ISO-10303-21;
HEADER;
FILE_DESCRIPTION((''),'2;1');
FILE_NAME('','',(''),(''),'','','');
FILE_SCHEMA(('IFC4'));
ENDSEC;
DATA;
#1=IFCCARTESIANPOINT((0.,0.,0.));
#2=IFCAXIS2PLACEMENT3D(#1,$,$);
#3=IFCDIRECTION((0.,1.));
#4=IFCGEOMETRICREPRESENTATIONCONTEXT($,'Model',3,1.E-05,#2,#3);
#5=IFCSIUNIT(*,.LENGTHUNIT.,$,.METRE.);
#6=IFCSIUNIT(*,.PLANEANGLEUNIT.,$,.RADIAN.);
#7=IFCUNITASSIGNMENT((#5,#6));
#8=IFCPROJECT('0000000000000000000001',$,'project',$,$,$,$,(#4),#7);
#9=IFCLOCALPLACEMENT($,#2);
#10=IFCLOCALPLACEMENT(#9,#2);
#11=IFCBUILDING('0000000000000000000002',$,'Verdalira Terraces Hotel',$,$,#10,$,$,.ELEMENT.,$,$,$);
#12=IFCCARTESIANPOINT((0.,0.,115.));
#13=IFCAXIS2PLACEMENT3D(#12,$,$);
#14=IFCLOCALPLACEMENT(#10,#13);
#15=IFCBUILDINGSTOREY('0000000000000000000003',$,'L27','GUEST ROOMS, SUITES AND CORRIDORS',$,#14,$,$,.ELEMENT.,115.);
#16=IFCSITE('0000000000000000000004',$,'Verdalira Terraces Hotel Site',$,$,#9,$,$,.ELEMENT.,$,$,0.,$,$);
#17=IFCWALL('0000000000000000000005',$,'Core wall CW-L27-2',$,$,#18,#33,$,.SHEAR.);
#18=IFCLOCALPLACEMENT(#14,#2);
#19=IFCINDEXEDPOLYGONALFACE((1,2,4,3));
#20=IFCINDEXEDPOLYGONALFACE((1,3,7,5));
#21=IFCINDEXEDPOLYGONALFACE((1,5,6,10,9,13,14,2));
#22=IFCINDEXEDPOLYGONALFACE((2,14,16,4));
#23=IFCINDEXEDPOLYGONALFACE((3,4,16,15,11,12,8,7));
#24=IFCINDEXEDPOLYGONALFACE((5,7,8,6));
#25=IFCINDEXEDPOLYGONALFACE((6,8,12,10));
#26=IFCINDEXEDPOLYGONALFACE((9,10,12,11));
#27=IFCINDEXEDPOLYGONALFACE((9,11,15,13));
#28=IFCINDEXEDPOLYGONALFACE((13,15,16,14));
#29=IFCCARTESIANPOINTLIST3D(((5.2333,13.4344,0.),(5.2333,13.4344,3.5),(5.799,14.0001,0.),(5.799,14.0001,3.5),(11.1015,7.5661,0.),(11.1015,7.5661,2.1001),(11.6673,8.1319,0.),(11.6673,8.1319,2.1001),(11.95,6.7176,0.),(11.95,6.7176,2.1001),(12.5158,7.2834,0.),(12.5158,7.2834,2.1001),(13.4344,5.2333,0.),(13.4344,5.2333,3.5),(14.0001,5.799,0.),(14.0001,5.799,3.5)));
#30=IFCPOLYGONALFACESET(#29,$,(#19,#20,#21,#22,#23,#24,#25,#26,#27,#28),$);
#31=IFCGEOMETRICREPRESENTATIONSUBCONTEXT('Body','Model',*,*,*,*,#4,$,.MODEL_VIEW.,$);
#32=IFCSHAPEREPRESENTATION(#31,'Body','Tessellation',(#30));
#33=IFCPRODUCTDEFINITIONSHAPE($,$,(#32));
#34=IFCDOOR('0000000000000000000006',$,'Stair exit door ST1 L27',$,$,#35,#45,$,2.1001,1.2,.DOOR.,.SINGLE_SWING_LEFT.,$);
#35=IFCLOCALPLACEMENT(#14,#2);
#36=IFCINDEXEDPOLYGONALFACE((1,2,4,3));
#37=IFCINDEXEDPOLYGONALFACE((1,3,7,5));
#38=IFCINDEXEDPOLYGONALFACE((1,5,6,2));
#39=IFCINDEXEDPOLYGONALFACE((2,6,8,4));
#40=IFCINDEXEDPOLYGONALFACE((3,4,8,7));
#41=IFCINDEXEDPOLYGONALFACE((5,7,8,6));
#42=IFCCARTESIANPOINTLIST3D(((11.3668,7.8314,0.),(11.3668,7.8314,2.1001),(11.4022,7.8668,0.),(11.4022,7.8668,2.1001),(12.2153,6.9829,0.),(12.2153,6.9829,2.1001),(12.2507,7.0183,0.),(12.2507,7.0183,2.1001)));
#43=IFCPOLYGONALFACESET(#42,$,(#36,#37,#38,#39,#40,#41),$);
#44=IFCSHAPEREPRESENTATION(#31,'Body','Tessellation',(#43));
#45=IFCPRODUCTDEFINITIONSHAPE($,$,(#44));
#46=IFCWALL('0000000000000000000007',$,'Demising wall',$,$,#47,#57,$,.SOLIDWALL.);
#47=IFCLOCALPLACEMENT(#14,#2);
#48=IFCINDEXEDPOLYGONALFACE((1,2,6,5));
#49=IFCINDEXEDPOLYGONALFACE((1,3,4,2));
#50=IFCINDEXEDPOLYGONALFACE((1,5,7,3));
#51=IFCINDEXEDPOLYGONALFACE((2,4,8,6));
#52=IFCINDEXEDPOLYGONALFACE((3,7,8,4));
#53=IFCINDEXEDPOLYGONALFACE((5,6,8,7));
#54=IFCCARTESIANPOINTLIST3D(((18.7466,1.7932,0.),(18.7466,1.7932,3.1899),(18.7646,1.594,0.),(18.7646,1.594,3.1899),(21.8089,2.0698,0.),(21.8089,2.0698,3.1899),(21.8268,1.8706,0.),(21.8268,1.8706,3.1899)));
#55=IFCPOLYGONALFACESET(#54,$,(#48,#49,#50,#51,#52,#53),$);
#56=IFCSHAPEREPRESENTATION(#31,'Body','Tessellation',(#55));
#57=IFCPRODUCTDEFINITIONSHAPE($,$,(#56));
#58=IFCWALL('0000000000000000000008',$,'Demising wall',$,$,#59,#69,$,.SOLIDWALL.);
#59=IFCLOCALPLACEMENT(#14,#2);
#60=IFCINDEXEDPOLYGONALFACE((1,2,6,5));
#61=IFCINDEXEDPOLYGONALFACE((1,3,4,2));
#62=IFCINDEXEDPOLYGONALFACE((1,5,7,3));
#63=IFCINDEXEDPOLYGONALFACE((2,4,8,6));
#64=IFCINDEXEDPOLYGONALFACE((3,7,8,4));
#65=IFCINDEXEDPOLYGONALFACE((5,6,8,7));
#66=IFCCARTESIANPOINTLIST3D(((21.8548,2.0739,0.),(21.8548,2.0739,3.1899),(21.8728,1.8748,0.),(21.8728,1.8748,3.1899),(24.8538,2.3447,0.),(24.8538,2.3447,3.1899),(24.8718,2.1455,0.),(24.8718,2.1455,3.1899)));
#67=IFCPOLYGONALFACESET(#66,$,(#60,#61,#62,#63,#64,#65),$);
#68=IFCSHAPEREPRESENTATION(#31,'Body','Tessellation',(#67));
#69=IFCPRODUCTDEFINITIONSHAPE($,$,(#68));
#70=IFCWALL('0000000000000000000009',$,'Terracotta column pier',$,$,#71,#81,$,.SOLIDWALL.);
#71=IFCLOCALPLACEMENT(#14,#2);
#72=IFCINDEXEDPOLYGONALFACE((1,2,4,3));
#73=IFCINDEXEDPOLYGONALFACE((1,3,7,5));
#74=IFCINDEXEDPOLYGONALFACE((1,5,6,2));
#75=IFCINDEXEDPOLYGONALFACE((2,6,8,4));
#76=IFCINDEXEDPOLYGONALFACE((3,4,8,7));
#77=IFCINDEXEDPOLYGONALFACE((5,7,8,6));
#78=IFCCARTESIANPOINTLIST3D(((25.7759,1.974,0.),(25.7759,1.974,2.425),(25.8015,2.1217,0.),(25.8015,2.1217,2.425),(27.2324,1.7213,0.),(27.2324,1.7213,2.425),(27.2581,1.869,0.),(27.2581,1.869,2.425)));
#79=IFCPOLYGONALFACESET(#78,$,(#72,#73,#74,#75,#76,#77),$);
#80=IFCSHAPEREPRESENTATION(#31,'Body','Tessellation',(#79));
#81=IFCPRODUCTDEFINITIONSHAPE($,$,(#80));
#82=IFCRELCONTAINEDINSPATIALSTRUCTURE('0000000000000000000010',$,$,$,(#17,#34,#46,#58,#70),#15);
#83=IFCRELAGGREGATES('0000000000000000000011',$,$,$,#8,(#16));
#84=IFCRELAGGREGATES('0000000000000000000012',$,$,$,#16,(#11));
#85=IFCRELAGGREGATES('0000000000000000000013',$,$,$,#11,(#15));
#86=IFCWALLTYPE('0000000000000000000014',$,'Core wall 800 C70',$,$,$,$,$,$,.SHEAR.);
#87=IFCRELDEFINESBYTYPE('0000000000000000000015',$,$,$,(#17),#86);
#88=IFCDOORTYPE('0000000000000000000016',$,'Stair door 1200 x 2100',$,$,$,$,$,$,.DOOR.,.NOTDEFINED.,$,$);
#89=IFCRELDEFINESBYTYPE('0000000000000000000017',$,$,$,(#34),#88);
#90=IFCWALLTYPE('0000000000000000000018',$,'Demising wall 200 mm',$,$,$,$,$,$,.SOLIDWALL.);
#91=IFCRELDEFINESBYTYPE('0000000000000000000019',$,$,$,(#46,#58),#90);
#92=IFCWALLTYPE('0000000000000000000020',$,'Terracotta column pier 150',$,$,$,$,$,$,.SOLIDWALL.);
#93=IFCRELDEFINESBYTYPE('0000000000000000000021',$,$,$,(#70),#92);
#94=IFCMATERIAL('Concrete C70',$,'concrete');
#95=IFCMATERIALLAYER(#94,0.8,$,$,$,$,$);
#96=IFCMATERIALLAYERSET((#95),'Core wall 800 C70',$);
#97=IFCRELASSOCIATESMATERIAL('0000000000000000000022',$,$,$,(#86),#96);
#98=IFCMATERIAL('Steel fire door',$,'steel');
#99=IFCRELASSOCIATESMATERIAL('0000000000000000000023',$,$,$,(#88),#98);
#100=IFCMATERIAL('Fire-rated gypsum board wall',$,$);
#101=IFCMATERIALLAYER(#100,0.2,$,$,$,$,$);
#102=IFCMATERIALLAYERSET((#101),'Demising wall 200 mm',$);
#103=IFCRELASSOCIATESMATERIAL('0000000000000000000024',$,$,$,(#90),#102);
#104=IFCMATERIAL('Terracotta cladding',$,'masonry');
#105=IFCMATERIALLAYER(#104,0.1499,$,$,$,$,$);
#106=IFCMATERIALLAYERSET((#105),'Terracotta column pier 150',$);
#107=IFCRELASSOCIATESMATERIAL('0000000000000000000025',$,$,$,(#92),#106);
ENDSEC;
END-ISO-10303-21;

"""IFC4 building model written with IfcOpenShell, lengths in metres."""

from ifc_helpers import new_model, si_unit, direction, frame, frame_2d, origin, place, context, subcontext, project, spatial, rectangle, extrude, material, layer, layer_set, type_object, element, fill, save


model = new_model("IFC4")

# Units and contexts
model_context = context("Model", 3, precision=1e-05, world=origin(), true_north=direction((0.0, 1.0)))
body_context = subcontext(model_context, "Body", "Model", "MODEL_VIEW")
ifc_project = project(units=[si_unit("LENGTHUNIT", "METRE"), si_unit("PLANEANGLEUNIT", "RADIAN")], contexts=[model_context])

# Site, building, storey
site_placement = place(None, origin())
site = spatial("IfcSite", under=ifc_project, at=site_placement, Name="Verdalira Terraces Hotel Site", CompositionType="ELEMENT", RefElevation=0.0)
building_placement = place(site_placement, origin())
building = spatial("IfcBuilding", under=site, at=building_placement, Name="Verdalira Terraces Hotel", CompositionType="ELEMENT")
storey_placement = place(building_placement, frame((0.0, 0.0, 115.0)))
storey = spatial("IfcBuildingStorey", under=building, at=storey_placement, Name="L27", Description="GUEST ROOMS, SUITES AND CORRIDORS", CompositionType="ELEMENT", Elevation=115.0)

# Wall, opening, door
ifc_material_1 = material(Name="Concrete C70", Category="concrete")
ifc_layer_1 = layer(ifc_material_1, 0.8)
ifc_layer_set_1 = layer_set([ifc_layer_1], Name="Core wall 800 C70")
wall_type_1 = type_object("IfcWallType", Name="Core wall 800 C70", PredefinedType="SHEAR", material=ifc_layer_set_1)
wall_1_placement = place(storey_placement, frame((13.7173, 5.5161, 0.0), z_axis=(0.0, 0.0, 1.0), x_axis=(-0.707107, 0.707107, 0.0)))
wall_1 = element("IfcWall", 1, at=wall_1_placement, inside=storey, type_object=wall_type_1, Name="Core wall CW-L27-2", PredefinedType="SHEAR", context=body_context, shape_type="SweptSolid", body=[
    extrude(rectangle(XDim=11.5981, YDim=0.8, at=frame_2d((5.7991, 0.0))), origin(), (0.0, 0.0, 1.0), 3.5),
])
opening_1_placement = place(wall_1_placement, frame((2.0991, 0.0, 0.0)))
opening_1 = element("IfcOpeningElement", 2, at=opening_1_placement, cuts=wall_1, PredefinedType="OPENING", context=body_context, shape_type="SweptSolid", body=[
    extrude(rectangle(XDim=1.2, YDim=2.1001, at=frame_2d((0.6001, 1.05))), frame((0.0, 0.4099, 0.0), z_axis=(0.0, -1.0, 0.0), x_axis=(1.0, 0.0, 0.0)), (0.0, 0.0, 1.0), 0.8201),
])
ifc_material_2 = material(Name="Steel fire door", Category="steel")
door_type_1 = type_object("IfcDoorType", Name="Stair door 1200 x 2100", OperationType="NOTDEFINED", PredefinedType="DOOR", material=ifc_material_2)
door_1_placement = place(opening_1_placement, origin())
door_1 = element("IfcDoor", 3, at=door_1_placement, inside=storey, type_object=door_type_1, Name="Stair exit door ST1 L27", OperationType="SINGLE_SWING_LEFT", OverallHeight=2.1001, OverallWidth=1.2, PredefinedType="DOOR", context=body_context, shape_type="SweptSolid", body=[
    extrude(rectangle(XDim=1.2, YDim=2.1001, at=frame_2d((0.6001, 1.05))), frame((0.0, 0.0249, 0.0), z_axis=(0.0, -1.0, 0.0), x_axis=(1.0, 0.0, 0.0)), (0.0, 0.0, 1.0), 0.05),
])
fill(opening_1, door_1)

# Walls
ifc_material_3 = material(Name="Fire-rated gypsum board wall")
ifc_layer_2 = layer(ifc_material_3, 0.2)
ifc_layer_set_2 = layer_set([ifc_layer_2], Name="Demising wall 200 mm")
wall_type_2 = type_object("IfcWallType", Name="Demising wall 200 mm", PredefinedType="SOLIDWALL", material=ifc_layer_set_2)
wall_2_placement = place(storey_placement, frame((18.7556, 1.6936, 0.0), z_axis=(0.0, 0.0, 1.0), x_axis=(0.995945, 0.089963, 0.0)))
element("IfcWall", 4, at=wall_2_placement, inside=storey, type_object=wall_type_2, Name="Demising wall", PredefinedType="SOLIDWALL", context=body_context, shape_type="SweptSolid", body=[
    extrude(rectangle(XDim=3.0747, YDim=0.2, at=frame_2d((1.5374, 0.0))), origin(), (0.0, 0.0, 1.0), 3.1899),
])
wall_3_placement = place(storey_placement, frame((21.8638, 1.9744, 0.0), z_axis=(0.0, 0.0, 1.0), x_axis=(0.99595, 0.089914, 0.0)))
element("IfcWall", 5, at=wall_3_placement, inside=storey, type_object=wall_type_2, Name="Demising wall", PredefinedType="SOLIDWALL", context=body_context, shape_type="SweptSolid", body=[
    extrude(rectangle(XDim=3.0112, YDim=0.2, at=frame_2d((1.5056, 0.0))), origin(), (0.0, 0.0, 1.0), 3.1899),
])
ifc_material_4 = material(Name="Terracotta cladding", Category="masonry")
ifc_layer_3 = layer(ifc_material_4, 0.1499)
ifc_layer_set_3 = layer_set([ifc_layer_3], Name="Terracotta column pier 150")
wall_type_3 = type_object("IfcWallType", Name="Terracotta column pier 150", PredefinedType="SOLIDWALL", material=ifc_layer_set_3)
wall_4_placement = place(storey_placement, frame((27.2454, 1.7952, 0.0), z_axis=(0.0, 0.0, 1.0), x_axis=(-0.985283, 0.17093, 0.0)))
element("IfcWall", 6, at=wall_4_placement, inside=storey, type_object=wall_type_3, Name="Terracotta column pier", PredefinedType="SOLIDWALL", context=body_context, shape_type="SweptSolid", body=[
    extrude(rectangle(XDim=1.4783, YDim=0.1499, at=frame_2d((0.7393, 0.0))), origin(), (0.0, 0.0, 1.0), 2.425),
])

save(model, "model.ifc")
